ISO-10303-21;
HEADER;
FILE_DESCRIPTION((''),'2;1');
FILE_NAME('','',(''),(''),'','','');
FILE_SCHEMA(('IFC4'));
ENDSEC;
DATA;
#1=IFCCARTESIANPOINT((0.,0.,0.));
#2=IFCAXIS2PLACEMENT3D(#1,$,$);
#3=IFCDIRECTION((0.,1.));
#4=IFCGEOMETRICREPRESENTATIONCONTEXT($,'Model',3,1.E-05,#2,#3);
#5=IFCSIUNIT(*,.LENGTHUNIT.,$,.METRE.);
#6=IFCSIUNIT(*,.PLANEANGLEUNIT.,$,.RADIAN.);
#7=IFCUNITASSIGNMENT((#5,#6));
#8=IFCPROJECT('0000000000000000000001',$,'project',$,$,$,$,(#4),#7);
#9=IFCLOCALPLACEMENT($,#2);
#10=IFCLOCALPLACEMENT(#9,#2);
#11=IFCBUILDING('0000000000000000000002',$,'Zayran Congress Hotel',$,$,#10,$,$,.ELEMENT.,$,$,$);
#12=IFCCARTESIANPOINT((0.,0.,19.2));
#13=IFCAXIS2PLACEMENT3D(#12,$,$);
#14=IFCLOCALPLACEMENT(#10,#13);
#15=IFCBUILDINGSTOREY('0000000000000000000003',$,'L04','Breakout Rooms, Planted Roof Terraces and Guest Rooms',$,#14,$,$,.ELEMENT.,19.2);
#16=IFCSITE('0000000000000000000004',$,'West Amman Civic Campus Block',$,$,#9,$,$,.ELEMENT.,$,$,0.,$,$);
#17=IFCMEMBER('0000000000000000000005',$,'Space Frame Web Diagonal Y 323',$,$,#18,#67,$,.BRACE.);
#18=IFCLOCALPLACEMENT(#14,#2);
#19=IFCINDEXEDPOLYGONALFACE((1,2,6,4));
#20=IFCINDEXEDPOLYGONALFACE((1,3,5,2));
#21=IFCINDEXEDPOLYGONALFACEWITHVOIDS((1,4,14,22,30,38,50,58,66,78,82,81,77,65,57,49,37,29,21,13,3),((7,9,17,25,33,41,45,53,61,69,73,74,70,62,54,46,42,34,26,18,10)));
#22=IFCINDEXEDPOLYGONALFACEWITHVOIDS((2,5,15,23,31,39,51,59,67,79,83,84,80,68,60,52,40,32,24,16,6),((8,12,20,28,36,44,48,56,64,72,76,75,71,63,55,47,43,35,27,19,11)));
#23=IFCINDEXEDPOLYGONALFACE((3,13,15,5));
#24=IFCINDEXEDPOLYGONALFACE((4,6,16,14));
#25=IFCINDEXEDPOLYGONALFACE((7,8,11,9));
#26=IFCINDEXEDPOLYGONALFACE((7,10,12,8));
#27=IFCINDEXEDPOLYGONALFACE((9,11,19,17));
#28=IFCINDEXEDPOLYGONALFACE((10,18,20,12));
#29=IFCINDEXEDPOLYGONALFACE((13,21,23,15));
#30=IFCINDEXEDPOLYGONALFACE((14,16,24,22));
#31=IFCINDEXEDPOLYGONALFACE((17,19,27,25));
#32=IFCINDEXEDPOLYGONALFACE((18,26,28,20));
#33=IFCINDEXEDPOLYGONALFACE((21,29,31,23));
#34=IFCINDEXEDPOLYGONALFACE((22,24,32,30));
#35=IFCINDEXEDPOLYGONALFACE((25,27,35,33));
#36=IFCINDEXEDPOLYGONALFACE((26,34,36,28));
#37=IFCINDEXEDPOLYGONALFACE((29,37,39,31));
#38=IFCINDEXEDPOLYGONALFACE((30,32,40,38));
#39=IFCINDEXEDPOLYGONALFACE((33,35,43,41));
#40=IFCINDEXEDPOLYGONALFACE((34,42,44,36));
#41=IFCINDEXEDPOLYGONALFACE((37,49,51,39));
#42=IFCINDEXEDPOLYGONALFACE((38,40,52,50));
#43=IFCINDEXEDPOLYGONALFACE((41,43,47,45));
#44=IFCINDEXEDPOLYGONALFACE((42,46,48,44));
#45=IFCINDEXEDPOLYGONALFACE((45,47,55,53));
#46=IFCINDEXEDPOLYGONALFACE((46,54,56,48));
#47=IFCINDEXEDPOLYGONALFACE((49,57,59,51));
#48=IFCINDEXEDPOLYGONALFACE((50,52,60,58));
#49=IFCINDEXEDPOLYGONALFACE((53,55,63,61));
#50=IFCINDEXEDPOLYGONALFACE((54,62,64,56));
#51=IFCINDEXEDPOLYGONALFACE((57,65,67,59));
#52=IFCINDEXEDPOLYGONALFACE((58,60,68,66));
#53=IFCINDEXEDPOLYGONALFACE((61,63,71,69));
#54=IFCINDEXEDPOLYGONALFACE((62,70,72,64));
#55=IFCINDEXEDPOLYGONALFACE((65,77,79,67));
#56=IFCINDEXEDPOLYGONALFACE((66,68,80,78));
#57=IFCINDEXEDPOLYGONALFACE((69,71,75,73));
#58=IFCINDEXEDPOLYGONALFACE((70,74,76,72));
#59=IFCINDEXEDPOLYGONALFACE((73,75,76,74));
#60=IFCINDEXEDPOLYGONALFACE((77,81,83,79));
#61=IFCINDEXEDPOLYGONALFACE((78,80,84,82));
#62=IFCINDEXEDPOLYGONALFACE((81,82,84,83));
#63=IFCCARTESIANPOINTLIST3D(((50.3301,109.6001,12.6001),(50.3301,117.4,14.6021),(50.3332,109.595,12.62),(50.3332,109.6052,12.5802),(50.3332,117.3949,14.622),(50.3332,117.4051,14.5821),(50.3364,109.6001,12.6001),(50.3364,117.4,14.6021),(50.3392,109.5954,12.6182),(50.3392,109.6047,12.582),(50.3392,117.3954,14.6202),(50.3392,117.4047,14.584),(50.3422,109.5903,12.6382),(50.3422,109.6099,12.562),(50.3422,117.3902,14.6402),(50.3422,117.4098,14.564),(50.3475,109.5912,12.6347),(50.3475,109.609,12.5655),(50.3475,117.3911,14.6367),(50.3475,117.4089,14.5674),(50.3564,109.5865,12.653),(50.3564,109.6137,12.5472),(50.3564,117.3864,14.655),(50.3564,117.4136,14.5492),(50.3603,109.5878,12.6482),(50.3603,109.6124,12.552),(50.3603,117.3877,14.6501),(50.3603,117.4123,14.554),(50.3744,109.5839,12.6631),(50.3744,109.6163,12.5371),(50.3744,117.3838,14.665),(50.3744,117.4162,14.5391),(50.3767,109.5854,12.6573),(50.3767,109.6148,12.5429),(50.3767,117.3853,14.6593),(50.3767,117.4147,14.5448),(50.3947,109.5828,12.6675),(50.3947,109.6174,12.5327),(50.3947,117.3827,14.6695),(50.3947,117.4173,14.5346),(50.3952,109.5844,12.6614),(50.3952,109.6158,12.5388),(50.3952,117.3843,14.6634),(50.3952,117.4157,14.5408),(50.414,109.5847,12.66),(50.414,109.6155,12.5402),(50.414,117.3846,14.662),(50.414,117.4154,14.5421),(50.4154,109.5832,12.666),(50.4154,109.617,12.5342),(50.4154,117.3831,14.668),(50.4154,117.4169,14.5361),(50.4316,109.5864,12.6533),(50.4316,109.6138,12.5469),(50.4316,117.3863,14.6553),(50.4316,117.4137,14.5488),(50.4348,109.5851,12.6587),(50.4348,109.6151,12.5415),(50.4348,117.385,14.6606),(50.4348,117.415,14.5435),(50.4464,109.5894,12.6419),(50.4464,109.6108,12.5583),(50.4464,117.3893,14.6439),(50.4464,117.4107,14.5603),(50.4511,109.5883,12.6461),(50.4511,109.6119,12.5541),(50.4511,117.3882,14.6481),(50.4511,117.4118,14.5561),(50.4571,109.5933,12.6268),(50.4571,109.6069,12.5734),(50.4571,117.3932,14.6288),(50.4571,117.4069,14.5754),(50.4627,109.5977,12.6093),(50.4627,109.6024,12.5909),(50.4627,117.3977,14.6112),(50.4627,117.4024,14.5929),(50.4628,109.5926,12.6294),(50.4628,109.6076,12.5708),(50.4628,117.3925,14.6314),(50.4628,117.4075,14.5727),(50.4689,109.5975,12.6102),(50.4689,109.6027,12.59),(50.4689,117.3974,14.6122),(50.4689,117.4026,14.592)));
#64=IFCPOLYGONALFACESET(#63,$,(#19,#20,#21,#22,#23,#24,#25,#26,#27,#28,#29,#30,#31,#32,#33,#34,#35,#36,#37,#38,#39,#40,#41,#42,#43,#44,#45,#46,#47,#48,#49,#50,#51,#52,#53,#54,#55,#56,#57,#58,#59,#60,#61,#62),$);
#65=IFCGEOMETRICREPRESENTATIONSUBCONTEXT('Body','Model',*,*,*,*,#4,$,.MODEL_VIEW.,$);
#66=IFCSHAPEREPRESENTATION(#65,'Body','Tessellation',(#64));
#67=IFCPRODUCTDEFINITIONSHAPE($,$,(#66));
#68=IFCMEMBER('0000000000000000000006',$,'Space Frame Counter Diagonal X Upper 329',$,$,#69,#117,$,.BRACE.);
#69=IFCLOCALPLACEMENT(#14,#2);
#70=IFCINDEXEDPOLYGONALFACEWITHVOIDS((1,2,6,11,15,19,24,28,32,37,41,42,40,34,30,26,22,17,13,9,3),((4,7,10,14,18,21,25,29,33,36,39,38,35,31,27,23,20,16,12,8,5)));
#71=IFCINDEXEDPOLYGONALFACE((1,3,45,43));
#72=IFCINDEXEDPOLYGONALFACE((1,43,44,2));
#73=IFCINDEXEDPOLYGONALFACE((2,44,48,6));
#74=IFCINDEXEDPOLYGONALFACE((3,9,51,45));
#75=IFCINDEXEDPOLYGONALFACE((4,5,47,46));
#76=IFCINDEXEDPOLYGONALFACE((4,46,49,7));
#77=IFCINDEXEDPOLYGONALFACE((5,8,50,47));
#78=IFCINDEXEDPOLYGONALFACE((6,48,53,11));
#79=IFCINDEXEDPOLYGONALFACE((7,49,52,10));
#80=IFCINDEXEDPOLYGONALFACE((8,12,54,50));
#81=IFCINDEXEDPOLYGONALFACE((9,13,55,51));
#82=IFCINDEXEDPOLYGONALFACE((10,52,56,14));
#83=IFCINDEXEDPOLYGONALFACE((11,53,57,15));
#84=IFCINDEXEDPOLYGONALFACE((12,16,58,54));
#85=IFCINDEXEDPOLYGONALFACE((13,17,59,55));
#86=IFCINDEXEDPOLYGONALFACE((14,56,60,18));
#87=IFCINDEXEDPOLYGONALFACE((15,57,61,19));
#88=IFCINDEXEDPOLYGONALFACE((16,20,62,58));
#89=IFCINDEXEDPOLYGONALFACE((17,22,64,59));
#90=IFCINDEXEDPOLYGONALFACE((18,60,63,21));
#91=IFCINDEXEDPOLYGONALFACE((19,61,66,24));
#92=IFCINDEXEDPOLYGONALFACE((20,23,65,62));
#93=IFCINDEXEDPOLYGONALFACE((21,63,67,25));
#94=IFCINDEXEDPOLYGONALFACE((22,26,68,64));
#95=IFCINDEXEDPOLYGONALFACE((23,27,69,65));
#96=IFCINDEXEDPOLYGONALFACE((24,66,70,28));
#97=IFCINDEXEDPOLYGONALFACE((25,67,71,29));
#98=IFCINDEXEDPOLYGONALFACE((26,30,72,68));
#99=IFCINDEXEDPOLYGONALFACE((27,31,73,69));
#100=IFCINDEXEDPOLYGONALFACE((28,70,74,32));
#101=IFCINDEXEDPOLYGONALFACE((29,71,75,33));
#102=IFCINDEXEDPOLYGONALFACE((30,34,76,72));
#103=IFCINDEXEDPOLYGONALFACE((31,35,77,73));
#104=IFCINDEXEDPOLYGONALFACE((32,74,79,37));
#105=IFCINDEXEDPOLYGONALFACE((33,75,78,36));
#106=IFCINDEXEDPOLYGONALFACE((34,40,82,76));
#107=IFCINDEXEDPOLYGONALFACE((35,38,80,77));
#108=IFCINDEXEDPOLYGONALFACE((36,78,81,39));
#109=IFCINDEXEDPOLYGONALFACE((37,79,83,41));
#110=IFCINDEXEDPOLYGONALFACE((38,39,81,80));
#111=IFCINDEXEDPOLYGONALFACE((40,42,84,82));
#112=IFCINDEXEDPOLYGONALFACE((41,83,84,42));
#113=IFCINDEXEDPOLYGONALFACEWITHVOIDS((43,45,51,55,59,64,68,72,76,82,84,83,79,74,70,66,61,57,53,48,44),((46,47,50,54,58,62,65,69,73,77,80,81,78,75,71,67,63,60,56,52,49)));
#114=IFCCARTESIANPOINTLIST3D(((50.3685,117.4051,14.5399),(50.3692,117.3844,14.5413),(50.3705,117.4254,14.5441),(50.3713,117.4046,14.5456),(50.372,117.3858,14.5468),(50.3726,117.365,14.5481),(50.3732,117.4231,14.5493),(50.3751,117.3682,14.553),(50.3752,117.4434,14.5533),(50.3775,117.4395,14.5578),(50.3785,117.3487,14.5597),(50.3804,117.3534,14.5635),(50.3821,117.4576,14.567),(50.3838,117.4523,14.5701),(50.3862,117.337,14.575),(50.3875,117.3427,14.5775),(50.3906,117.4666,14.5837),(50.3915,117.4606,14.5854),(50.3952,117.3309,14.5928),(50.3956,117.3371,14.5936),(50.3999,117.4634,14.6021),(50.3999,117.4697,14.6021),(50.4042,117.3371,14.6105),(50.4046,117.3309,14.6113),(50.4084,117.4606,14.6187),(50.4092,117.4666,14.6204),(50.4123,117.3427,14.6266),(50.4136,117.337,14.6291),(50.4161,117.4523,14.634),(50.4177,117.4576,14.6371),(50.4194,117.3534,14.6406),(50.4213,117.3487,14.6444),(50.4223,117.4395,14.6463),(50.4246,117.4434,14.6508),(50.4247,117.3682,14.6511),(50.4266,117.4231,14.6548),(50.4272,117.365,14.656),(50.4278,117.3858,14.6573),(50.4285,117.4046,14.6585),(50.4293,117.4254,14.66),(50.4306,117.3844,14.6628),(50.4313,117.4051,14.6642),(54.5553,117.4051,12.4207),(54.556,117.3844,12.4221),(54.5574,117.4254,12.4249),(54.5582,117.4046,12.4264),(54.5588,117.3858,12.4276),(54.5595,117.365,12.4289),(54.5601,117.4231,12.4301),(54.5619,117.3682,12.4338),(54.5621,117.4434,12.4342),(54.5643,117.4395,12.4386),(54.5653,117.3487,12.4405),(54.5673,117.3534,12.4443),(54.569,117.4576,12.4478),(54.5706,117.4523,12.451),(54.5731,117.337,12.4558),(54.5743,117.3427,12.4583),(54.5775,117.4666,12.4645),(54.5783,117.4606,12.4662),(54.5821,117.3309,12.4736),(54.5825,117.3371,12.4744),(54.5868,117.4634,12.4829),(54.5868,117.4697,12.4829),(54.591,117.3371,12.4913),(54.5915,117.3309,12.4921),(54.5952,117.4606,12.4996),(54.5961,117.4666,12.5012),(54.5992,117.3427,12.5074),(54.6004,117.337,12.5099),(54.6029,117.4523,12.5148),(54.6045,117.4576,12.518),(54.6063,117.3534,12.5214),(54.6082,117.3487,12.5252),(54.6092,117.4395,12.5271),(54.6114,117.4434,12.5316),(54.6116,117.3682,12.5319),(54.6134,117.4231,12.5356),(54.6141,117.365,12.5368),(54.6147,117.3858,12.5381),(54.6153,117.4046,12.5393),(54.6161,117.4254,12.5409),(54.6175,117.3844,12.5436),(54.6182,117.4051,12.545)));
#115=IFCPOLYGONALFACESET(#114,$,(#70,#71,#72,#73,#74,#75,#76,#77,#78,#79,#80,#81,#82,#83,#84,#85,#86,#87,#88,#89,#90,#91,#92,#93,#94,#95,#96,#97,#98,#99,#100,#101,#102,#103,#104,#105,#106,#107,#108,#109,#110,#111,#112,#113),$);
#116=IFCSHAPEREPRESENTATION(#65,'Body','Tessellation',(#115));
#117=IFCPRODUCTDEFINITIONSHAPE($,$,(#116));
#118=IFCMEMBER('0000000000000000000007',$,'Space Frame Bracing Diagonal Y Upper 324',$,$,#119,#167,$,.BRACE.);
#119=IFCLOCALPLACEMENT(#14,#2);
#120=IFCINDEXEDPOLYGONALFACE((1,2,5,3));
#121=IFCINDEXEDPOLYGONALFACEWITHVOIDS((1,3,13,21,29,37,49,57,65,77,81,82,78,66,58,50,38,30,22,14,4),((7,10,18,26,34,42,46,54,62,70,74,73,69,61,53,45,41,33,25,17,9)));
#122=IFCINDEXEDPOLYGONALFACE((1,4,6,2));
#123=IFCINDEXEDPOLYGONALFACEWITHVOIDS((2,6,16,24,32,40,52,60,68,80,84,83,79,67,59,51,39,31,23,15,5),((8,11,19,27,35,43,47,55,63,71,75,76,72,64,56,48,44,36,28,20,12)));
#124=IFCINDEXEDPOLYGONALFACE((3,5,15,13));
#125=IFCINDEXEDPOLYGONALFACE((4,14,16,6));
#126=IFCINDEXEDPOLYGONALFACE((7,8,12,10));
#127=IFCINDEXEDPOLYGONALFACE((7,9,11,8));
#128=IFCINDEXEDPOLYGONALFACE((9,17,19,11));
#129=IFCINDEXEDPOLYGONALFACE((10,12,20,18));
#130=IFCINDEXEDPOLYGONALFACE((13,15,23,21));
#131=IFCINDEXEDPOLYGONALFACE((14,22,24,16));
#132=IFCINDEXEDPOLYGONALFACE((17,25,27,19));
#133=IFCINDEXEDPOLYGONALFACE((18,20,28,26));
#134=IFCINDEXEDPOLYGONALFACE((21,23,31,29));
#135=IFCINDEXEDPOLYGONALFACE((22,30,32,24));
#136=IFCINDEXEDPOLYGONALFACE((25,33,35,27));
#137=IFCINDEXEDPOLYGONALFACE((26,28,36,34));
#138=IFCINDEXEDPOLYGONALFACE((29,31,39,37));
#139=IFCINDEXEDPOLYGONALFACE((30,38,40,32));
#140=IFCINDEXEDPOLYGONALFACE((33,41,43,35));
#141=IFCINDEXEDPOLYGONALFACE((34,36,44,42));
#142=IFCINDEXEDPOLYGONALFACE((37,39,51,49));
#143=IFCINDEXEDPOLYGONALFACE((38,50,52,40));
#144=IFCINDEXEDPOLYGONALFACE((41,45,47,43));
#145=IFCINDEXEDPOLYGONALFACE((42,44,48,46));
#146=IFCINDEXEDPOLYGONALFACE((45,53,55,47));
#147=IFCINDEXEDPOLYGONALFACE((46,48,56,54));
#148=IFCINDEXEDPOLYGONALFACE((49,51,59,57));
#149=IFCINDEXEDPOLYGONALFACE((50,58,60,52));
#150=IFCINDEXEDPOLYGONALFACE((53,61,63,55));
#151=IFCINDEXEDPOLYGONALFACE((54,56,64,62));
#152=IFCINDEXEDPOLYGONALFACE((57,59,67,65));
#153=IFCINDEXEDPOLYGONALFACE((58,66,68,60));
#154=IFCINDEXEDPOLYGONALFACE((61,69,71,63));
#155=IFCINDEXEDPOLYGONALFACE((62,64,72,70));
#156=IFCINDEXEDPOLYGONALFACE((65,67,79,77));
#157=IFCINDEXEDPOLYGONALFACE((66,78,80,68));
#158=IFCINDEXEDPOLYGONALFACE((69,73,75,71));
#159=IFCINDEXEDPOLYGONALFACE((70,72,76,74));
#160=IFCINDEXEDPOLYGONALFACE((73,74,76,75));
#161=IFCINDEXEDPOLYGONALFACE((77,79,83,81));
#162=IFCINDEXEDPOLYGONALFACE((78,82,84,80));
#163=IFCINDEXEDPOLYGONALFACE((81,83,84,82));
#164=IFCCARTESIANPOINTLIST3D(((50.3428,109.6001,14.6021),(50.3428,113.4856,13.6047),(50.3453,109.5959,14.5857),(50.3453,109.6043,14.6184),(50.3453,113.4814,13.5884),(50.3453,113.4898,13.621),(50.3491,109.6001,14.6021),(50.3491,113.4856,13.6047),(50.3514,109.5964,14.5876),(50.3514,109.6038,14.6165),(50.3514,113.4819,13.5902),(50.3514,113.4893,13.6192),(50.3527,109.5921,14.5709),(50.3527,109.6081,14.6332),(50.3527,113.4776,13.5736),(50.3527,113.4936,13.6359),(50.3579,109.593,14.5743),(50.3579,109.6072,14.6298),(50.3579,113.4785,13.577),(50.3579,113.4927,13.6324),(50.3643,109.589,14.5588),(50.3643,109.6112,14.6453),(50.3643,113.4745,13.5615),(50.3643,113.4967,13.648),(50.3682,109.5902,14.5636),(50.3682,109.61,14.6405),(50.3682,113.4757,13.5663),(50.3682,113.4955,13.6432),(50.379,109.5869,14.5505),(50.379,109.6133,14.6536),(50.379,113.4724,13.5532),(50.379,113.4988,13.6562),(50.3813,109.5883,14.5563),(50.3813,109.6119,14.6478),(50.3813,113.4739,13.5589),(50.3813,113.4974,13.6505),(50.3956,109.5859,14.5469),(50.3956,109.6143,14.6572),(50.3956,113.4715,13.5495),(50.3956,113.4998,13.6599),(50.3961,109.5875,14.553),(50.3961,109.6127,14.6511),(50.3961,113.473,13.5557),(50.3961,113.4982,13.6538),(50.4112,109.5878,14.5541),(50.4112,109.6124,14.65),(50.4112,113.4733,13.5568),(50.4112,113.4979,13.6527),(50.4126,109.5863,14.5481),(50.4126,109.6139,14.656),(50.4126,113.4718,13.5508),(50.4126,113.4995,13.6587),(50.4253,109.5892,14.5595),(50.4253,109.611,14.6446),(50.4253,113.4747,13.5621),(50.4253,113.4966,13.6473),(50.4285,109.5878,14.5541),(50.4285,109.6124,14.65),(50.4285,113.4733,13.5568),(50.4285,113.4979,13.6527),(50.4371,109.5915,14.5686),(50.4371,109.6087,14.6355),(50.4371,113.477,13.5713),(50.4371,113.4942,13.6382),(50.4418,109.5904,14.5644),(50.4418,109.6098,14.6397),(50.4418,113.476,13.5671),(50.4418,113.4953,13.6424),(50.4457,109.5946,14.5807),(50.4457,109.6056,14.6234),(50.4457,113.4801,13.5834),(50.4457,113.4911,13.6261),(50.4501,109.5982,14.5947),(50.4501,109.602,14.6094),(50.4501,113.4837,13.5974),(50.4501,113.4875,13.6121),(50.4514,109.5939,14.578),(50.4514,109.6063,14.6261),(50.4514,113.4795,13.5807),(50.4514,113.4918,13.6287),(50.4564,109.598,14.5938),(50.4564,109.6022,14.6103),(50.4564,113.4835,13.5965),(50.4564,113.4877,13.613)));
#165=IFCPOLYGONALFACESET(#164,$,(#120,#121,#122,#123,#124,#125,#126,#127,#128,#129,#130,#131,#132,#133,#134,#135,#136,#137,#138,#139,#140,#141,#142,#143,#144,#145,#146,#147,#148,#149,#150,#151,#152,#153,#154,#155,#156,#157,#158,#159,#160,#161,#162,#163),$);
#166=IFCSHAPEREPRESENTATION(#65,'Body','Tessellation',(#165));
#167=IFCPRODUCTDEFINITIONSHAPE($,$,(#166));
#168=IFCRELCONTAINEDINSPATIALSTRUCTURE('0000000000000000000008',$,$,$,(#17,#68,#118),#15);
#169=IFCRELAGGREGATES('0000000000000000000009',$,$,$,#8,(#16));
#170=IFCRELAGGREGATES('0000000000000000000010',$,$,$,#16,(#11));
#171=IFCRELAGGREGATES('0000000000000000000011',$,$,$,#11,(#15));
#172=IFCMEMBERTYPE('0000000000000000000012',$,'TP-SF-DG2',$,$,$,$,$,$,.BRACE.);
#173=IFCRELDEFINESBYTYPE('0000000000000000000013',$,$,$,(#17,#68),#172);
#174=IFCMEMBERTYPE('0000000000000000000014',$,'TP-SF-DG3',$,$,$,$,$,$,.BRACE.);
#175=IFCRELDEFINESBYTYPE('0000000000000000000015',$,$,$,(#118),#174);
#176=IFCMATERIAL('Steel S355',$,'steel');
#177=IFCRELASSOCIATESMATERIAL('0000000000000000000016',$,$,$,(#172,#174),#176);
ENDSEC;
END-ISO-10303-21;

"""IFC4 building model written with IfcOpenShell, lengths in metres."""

from ifc_helpers import new_model, si_unit, direction, frame, origin, origin_2d, place, context, subcontext, project, spatial, hollow_circle, extrude, material, material_profile, profile_set, type_object, element, save


model = new_model("IFC4")

# Units and contexts
model_context = context("Model", 3, precision=1e-05, world=origin(), true_north=direction((0.0, 1.0)))
body_context = subcontext(model_context, "Body", "Model", "MODEL_VIEW")
ifc_project = project(units=[si_unit("LENGTHUNIT", "METRE"), si_unit("PLANEANGLEUNIT", "RADIAN")], contexts=[model_context])

# Site, building, storey
site_placement = place(None, origin())
site = spatial("IfcSite", under=ifc_project, at=site_placement, Name="West Amman Civic Campus Block", CompositionType="ELEMENT", RefElevation=0.0)
building_placement = place(site_placement, origin())
building = spatial("IfcBuilding", under=site, at=building_placement, Name="Zayran Congress Hotel", CompositionType="ELEMENT")
storey_placement = place(building_placement, frame((0.0, 0.0, 19.2)))
storey = spatial("IfcBuildingStorey", under=building, at=storey_placement, Name="L04", Description="Breakout Rooms, Planted Roof Terraces and Guest Rooms", CompositionType="ELEMENT", Elevation=19.2)

# Members
ifc_material_1 = material(Name="Steel S355", Category="steel")
ifc_material_profile_1 = material_profile(ifc_material_1, hollow_circle(Radius=0.0698, WallThickness=0.0063, at=origin_2d()), Name="CHS 139.7x6.3")
ifc_profile_set_1 = profile_set([ifc_material_profile_1], Name="Steel S355")
member_type_1 = type_object("IfcMemberType", Name="TP-SF-DG2", PredefinedType="BRACE", material=ifc_profile_set_1)
member_1_placement = place(storey_placement, frame((50.3999, 109.6001, 12.6001), z_axis=(0.0, 0.968604, 0.248609), x_axis=(-1.0, 0.0, 0.0)))
element("IfcMember", 1, at=member_1_placement, inside=storey, type_object=member_type_1, Name="Space Frame Web Diagonal Y 323", PredefinedType="BRACE", context=body_context, shape_type="SweptSolid", body=[
    extrude(hollow_circle(Radius=0.0698, WallThickness=0.0063, at=origin_2d()), origin(), (0.0, 0.0, 1.0), 8.0527),
])
member_2_placement = place(storey_placement, frame((50.3999, 117.3999, 14.6021), z_axis=(0.892221, 0.0, -0.451599), x_axis=(0.0, 1.0, 0.0)))
element("IfcMember", 2, at=member_2_placement, inside=storey, type_object=member_type_1, Name="Space Frame Counter Diagonal X Upper 329", PredefinedType="BRACE", context=body_context, shape_type="SweptSolid", body=[
    extrude(hollow_circle(Radius=0.0698, WallThickness=0.0063, at=origin_2d()), origin(), (0.0, 0.0, 1.0), 4.6926),
])
ifc_material_profile_2 = material_profile(ifc_material_1, hollow_circle(Radius=0.0571, WallThickness=0.0063, at=origin_2d()), Name="CHS 114.3x6.3")
ifc_profile_set_2 = profile_set([ifc_material_profile_2], Name="Steel S355")
member_type_2 = type_object("IfcMemberType", Name="TP-SF-DG3", PredefinedType="BRACE", material=ifc_profile_set_2)
for number, where, z_axis, x_axis, name in (
    (3, (50.3999, 109.6001, 14.6021), (0.0, 0.968602, -0.248617), (-1.0, 0.0, 0.0), "Space Frame Bracing Diagonal Y Upper 324"),
):
    element("IfcMember", number, at=place(storey_placement, frame(where, z_axis=z_axis, x_axis=x_axis)), inside=storey, type_object=member_type_2, Name=name, PredefinedType="BRACE", context=body_context, shape_type="SweptSolid", body=[
        extrude(hollow_circle(Radius=0.0571, WallThickness=0.0063, at=origin_2d()), origin(), (0.0, 0.0, 1.0), 4.0115),
    ])

save(model, "model.ifc")
